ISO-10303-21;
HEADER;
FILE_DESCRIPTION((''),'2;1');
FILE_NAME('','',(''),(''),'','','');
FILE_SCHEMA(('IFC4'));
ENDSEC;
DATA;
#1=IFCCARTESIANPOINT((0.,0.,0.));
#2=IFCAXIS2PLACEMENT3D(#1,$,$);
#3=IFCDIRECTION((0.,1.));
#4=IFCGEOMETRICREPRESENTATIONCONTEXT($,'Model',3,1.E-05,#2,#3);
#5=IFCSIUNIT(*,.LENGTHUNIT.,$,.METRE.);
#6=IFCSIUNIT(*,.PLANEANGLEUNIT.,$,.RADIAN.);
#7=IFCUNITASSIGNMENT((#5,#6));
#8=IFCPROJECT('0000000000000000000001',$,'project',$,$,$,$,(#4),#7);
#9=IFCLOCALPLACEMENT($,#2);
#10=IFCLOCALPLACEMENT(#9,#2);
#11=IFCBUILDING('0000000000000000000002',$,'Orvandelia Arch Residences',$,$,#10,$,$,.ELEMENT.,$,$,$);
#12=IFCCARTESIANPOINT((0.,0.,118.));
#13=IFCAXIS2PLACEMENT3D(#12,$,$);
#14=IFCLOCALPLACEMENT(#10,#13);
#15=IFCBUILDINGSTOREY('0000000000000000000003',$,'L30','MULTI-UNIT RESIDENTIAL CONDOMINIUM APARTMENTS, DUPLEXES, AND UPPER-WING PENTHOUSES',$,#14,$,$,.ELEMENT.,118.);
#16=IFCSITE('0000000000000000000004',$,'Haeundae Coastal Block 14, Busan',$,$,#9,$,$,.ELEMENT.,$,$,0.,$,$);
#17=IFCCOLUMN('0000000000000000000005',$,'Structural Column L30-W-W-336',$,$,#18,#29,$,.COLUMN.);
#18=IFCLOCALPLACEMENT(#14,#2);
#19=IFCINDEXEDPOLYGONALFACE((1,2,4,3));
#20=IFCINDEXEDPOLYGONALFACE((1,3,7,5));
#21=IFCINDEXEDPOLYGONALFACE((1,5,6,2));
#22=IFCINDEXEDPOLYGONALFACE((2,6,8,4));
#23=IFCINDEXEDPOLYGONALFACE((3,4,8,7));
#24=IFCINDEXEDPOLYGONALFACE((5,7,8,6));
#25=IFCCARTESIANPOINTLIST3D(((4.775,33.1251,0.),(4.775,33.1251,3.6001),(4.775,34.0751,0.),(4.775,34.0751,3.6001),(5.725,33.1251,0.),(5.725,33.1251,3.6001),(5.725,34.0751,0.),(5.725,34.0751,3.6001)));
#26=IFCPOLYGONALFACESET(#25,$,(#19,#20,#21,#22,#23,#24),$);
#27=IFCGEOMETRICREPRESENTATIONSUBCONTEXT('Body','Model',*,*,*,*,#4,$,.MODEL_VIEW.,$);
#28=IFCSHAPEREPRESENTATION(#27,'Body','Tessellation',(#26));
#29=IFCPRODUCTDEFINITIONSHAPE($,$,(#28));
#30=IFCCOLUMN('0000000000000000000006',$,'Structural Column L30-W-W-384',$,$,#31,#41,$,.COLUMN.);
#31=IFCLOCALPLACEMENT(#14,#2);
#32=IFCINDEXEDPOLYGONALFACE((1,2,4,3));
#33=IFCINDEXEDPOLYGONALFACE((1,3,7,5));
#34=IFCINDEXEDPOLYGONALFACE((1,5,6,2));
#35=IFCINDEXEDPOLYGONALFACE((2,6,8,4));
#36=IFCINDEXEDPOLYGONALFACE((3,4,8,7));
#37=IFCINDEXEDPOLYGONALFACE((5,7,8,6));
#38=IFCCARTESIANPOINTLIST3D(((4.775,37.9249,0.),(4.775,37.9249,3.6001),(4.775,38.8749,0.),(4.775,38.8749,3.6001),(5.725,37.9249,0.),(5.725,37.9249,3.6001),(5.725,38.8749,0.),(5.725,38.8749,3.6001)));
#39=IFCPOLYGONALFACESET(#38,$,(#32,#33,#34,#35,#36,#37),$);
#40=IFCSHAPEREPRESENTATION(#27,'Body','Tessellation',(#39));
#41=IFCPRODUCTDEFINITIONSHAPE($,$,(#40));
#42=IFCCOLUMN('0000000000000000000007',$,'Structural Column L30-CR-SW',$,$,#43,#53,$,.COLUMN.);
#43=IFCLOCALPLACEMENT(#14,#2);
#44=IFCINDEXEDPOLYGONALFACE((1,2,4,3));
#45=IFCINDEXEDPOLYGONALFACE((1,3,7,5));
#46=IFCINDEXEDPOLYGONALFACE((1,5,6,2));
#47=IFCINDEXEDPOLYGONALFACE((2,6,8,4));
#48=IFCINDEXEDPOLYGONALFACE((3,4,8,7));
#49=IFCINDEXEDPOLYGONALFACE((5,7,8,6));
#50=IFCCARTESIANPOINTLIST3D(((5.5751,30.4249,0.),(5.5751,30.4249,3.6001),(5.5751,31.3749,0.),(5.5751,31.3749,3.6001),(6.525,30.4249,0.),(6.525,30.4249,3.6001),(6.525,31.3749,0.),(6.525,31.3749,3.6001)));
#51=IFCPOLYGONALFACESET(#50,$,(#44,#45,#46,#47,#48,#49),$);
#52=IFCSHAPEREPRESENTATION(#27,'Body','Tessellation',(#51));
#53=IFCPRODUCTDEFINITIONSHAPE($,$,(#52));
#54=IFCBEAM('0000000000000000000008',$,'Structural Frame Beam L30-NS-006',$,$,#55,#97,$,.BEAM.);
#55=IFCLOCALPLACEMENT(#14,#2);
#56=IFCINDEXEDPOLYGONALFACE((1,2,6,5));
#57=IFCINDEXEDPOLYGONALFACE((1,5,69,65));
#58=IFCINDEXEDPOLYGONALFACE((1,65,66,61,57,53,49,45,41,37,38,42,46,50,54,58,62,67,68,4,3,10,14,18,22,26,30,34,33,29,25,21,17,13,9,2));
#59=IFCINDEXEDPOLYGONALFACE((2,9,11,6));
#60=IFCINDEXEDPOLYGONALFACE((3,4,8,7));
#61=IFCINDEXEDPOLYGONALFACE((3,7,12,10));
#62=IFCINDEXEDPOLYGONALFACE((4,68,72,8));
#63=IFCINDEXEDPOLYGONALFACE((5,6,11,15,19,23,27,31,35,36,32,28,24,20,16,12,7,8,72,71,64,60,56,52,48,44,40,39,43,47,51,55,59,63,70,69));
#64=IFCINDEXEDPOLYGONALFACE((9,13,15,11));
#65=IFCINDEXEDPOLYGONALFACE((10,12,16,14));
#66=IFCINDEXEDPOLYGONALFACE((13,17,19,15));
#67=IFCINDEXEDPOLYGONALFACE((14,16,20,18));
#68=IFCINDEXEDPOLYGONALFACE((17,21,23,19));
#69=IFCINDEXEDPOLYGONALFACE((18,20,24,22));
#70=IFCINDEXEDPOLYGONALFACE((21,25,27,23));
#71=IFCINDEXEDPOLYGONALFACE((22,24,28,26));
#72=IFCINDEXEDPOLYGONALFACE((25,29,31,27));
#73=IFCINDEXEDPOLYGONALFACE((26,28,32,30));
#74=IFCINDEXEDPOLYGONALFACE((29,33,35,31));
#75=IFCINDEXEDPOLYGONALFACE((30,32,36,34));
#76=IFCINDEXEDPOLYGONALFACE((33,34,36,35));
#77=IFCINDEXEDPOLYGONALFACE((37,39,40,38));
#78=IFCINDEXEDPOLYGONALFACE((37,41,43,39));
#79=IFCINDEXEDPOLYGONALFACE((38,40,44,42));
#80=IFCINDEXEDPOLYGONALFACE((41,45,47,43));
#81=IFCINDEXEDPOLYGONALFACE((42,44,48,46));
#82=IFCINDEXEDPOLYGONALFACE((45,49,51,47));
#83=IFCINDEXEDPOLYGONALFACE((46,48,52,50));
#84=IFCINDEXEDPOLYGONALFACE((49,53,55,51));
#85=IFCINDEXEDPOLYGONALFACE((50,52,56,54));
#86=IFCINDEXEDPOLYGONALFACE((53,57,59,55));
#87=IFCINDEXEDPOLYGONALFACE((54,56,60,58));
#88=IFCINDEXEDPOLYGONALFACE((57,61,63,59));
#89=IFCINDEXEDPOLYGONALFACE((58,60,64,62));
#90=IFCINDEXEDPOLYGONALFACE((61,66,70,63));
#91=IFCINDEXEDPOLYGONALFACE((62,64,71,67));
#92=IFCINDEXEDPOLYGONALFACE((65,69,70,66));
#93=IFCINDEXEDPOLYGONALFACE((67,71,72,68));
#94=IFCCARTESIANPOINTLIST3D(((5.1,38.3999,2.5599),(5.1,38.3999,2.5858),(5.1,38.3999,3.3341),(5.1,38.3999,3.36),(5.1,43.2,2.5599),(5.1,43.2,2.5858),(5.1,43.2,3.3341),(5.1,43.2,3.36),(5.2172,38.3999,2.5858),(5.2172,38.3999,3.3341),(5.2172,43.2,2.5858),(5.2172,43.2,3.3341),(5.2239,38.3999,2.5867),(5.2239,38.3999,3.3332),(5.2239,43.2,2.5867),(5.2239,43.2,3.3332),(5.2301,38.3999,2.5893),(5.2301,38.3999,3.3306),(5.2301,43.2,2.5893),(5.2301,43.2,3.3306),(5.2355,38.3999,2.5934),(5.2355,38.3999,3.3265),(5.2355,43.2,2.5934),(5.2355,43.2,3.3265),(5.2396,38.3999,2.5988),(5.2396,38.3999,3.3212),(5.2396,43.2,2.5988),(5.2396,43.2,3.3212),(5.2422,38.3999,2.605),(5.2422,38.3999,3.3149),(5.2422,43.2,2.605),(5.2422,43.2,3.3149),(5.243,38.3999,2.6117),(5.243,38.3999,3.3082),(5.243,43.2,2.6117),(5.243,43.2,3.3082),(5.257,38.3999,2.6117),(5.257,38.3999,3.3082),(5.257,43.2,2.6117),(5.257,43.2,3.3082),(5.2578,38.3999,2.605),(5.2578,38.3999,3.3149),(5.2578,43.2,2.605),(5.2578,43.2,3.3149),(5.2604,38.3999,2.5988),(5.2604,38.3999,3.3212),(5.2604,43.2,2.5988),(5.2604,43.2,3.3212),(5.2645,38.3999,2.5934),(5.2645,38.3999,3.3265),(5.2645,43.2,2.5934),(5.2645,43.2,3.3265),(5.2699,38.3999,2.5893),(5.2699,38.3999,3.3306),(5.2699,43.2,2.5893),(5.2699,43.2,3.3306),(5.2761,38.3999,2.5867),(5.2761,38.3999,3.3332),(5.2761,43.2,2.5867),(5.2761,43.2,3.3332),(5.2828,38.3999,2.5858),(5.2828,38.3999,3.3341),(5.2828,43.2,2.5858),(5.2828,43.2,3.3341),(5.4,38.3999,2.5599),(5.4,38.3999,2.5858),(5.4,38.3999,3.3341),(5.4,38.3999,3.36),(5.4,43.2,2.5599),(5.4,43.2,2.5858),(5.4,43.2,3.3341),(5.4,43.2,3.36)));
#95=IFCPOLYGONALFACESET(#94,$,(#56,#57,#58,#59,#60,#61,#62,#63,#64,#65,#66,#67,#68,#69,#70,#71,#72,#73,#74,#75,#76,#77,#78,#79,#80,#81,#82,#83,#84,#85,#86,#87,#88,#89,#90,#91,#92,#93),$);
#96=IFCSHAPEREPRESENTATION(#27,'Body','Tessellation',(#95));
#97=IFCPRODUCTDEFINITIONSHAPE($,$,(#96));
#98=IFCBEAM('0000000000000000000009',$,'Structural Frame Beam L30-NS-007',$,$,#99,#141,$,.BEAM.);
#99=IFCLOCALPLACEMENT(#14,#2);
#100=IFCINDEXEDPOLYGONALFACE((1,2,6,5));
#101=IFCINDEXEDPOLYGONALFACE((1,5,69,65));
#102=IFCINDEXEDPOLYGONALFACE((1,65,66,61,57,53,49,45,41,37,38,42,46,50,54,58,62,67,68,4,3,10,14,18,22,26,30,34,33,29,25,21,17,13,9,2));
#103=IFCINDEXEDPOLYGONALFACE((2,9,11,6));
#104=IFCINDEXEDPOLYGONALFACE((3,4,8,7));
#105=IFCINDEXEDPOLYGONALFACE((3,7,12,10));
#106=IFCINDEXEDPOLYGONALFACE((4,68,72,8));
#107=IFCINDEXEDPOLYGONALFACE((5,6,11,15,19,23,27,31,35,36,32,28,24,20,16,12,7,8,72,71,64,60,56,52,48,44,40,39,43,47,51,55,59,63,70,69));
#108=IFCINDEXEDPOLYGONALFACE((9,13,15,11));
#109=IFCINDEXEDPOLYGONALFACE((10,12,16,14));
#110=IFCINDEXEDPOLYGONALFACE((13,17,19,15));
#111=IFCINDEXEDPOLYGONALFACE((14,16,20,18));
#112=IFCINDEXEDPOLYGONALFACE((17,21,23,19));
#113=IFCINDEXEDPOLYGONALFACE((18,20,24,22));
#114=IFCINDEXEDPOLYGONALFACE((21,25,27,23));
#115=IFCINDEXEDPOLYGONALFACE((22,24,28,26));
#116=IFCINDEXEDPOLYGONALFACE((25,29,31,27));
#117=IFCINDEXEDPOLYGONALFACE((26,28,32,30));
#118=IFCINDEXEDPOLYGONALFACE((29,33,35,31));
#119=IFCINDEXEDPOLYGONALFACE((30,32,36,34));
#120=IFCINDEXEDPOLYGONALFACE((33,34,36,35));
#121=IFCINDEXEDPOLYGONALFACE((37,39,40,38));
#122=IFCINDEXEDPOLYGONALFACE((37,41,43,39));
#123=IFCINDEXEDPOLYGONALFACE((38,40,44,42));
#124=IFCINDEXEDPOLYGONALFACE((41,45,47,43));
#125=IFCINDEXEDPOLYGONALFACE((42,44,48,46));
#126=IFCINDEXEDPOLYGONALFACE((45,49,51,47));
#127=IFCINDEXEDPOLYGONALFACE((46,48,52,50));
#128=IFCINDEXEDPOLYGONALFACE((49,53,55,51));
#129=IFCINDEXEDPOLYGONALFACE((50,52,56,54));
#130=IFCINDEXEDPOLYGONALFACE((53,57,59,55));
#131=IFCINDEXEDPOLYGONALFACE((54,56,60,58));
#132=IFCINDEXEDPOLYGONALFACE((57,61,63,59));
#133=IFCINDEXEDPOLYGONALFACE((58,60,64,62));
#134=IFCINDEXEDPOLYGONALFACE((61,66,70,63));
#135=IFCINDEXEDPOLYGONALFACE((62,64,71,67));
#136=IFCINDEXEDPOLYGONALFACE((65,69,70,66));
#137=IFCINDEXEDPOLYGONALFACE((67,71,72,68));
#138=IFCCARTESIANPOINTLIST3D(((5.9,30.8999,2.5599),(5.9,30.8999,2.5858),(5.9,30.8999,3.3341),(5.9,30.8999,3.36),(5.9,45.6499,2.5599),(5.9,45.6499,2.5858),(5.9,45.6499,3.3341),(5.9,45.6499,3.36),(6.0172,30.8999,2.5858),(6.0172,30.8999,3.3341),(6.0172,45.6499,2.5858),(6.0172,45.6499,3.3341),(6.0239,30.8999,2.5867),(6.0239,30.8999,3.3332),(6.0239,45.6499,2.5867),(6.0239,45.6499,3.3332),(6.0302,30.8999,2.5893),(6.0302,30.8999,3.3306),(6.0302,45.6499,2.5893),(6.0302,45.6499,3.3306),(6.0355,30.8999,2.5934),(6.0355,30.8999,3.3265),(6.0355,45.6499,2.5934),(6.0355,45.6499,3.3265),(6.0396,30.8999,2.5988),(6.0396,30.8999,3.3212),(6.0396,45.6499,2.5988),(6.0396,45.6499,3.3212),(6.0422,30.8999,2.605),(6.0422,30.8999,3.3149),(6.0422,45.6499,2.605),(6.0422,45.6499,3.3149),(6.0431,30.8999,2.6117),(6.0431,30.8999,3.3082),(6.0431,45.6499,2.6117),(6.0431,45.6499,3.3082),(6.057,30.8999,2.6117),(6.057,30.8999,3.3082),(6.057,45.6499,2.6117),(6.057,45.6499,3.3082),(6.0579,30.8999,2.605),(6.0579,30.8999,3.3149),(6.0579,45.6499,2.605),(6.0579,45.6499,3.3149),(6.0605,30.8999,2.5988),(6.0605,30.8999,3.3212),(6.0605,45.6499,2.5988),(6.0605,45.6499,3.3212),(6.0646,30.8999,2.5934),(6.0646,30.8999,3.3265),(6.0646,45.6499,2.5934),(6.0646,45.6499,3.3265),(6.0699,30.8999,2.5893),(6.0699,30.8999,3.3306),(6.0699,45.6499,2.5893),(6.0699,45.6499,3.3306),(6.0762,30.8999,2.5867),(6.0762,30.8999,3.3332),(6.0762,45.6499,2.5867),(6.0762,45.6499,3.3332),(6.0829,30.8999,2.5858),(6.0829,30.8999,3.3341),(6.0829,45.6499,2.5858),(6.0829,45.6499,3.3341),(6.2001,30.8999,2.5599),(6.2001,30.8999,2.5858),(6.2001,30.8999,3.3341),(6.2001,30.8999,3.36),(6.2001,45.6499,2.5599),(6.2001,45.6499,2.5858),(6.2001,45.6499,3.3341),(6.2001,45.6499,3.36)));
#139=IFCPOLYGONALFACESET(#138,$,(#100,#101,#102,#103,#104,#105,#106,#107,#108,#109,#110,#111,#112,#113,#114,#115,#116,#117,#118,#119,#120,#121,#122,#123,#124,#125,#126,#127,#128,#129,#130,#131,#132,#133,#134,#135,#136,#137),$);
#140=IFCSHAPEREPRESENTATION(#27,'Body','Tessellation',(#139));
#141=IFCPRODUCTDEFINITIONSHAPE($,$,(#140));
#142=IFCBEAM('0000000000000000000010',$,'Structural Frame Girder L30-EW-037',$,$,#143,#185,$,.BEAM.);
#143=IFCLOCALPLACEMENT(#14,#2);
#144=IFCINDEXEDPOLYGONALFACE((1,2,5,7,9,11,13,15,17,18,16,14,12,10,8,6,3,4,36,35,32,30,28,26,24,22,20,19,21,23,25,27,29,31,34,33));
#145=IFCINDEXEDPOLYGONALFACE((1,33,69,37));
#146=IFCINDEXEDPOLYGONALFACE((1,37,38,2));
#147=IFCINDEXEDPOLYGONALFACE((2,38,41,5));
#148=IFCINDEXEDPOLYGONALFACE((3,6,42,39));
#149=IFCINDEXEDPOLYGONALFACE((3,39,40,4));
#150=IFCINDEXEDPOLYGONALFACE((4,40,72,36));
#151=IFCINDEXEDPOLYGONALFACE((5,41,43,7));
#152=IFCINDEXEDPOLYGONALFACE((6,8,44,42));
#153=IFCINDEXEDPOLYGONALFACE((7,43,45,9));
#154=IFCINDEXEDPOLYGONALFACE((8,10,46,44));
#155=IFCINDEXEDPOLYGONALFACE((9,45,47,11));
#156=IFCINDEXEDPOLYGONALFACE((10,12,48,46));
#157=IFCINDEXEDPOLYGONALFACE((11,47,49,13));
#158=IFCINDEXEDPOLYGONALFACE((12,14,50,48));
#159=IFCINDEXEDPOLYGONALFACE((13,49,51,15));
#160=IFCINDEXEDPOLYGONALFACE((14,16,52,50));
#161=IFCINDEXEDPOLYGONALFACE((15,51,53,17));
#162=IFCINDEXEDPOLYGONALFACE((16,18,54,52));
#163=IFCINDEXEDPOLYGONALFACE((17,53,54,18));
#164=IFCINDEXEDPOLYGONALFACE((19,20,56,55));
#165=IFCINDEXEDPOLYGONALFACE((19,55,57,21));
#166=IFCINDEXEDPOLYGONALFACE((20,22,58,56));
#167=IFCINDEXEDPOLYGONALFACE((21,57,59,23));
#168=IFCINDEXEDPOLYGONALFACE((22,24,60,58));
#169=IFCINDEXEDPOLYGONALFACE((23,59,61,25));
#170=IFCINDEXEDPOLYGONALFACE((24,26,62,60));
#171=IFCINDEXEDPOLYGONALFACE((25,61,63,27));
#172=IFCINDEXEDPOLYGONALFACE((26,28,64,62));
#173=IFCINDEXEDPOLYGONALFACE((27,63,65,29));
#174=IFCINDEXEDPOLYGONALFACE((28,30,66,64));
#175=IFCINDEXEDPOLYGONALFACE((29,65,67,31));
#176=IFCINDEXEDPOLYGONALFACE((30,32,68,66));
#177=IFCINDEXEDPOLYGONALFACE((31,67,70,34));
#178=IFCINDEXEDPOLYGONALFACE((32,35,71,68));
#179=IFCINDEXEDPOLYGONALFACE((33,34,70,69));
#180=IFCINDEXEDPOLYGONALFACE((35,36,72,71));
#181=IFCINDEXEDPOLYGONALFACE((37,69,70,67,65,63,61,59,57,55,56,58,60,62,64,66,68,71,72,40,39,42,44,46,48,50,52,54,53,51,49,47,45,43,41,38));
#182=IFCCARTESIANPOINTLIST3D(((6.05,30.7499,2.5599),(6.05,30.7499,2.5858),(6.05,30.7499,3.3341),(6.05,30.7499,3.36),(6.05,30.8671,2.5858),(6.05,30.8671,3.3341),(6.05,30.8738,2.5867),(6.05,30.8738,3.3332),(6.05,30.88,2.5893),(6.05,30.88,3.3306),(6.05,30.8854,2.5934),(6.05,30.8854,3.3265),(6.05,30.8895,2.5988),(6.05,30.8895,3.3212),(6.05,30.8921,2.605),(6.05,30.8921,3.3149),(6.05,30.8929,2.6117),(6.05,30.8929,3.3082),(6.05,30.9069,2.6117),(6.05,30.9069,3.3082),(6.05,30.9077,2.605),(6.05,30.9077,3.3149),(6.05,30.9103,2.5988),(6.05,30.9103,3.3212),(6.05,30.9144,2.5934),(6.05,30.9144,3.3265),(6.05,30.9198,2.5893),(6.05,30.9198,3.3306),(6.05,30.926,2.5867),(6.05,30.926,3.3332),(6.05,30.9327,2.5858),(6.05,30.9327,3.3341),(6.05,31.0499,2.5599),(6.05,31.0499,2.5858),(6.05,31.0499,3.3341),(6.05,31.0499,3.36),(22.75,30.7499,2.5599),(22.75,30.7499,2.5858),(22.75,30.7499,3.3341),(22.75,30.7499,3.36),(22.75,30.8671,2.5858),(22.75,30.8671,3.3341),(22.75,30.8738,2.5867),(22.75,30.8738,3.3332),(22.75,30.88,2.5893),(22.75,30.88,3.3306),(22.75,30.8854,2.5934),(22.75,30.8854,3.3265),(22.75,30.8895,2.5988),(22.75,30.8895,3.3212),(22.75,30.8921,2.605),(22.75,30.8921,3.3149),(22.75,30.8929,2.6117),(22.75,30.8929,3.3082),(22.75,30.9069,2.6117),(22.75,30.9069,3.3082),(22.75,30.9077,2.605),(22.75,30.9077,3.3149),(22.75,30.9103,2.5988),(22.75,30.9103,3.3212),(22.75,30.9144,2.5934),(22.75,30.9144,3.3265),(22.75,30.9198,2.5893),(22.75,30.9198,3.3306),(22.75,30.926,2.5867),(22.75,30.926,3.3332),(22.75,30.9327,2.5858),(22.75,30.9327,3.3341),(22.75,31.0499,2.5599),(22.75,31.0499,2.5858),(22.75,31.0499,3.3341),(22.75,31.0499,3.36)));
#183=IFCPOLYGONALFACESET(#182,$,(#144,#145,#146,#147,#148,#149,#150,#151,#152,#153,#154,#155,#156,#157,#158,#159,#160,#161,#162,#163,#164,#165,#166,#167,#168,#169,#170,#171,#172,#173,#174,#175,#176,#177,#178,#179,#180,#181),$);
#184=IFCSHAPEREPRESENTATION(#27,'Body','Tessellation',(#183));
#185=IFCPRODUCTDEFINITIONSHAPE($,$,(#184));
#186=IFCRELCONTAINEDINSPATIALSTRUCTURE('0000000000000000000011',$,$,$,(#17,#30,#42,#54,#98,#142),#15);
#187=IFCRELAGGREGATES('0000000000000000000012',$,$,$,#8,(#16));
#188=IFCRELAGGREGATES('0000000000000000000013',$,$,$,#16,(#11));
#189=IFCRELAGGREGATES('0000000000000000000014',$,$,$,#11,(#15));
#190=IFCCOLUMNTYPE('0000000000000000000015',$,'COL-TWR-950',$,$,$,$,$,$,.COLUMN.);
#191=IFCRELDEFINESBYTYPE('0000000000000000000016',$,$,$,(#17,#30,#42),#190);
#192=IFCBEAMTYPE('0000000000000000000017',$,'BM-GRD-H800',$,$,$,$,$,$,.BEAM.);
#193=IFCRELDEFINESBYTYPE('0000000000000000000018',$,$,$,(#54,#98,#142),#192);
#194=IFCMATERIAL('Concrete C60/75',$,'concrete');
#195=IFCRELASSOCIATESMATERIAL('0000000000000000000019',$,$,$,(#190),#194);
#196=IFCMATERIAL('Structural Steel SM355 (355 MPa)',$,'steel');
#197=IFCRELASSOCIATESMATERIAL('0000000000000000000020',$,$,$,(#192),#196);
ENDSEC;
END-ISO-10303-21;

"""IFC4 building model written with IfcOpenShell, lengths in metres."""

from ifc_helpers import new_model, si_unit, direction, frame, origin, origin_2d, place, context, subcontext, project, spatial, rectangle, i_section, extrude, material, material_profile, profile_set, type_object, element, save


model = new_model("IFC4")

# Units and contexts
model_context = context("Model", 3, precision=1e-05, world=origin(), true_north=direction((0.0, 1.0)))
body_context = subcontext(model_context, "Body", "Model", "MODEL_VIEW")
ifc_project = project(units=[si_unit("LENGTHUNIT", "METRE"), si_unit("PLANEANGLEUNIT", "RADIAN")], contexts=[model_context])

# Site, building, storey
site_placement = place(None, origin())
site = spatial("IfcSite", under=ifc_project, at=site_placement, Name="Haeundae Coastal Block 14, Busan", CompositionType="ELEMENT", RefElevation=0.0)
building_placement = place(site_placement, origin())
building = spatial("IfcBuilding", under=site, at=building_placement, Name="Orvandelia Arch Residences", CompositionType="ELEMENT")
storey_placement = place(building_placement, frame((0.0, 0.0, 118.0)))
storey = spatial("IfcBuildingStorey", under=building, at=storey_placement, Name="L30", Description="MULTI-UNIT RESIDENTIAL CONDOMINIUM APARTMENTS, DUPLEXES, AND UPPER-WING PENTHOUSES", CompositionType="ELEMENT", Elevation=118.0)

# Columns
ifc_material_1 = material(Name="Concrete C60/75", Category="concrete")
ifc_material_profile_1 = material_profile(ifc_material_1, rectangle(XDim=0.95, YDim=0.95, at=origin_2d()), Name="Concrete C60/75", Category="concrete")
ifc_profile_set_1 = profile_set([ifc_material_profile_1], Name="Concrete C60/75")
column_type = type_object("IfcColumnType", Name="COL-TWR-950", PredefinedType="COLUMN", material=ifc_profile_set_1)
for number, where, z_axis, x_axis, name in (
    (1, (5.25, 33.6001, 0.0), (0.0, 0.0, 1.0), (1.0, 0.0, 0.0), "Structural Column L30-W-W-336"),
    (2, (5.25, 38.3999, 0.0), (0.0, 0.0, 1.0), (1.0, 0.0, 0.0), "Structural Column L30-W-W-384"),
    (3, (6.05, 30.8999, 0.0), (0.0, 0.0, 1.0), (1.0, 0.0, 0.0), "Structural Column L30-CR-SW"),
):
    element("IfcColumn", number, at=place(storey_placement, frame(where, z_axis=z_axis, x_axis=x_axis)), inside=storey, type_object=column_type, Name=name, PredefinedType="COLUMN", context=body_context, shape_type="SweptSolid", body=[
        extrude(rectangle(XDim=0.95, YDim=0.95, at=origin_2d()), origin(), (0.0, 0.0, 1.0), 3.6001),
    ])

# Beams
ifc_material_2 = material(Name="Structural Steel SM355 (355 MPa)", Category="steel")
ifc_material_profile_2 = material_profile(ifc_material_2, i_section(OverallWidth=0.3, OverallDepth=0.8, WebThickness=0.0139, FlangeThickness=0.0259, FilletRadius=0.0259, at=origin_2d()), Name="Structural Steel SM355 (355 MPa)", Category="steel")
ifc_profile_set_2 = profile_set([ifc_material_profile_2], Name="Structural Steel SM355 (355 MPa)")
beam_type_1 = type_object("IfcBeamType", Name="BM-GRD-H800", PredefinedType="BEAM", material=ifc_profile_set_2)
beam_1_placement = place(storey_placement, frame((5.25, 38.3999, 2.96), z_axis=(0.0, 1.0, 0.0), x_axis=(-1.0, 0.0, 0.0)))
element("IfcBeam", 4, at=beam_1_placement, inside=storey, type_object=beam_type_1, Name="Structural Frame Beam L30-NS-006", PredefinedType="BEAM", context=body_context, shape_type="SweptSolid", body=[
    extrude(i_section(OverallWidth=0.3, OverallDepth=0.8, WebThickness=0.0139, FlangeThickness=0.0259, FilletRadius=0.0259, at=origin_2d()), origin(), (0.0, 0.0, 1.0), 4.8),
])
beam_2_placement = place(storey_placement, frame((6.05, 30.8999, 2.96), z_axis=(0.0, 1.0, 0.0), x_axis=(-1.0, 0.0, 0.0)))
element("IfcBeam", 5, at=beam_2_placement, inside=storey, type_object=beam_type_1, Name="Structural Frame Beam L30-NS-007", PredefinedType="BEAM", context=body_context, shape_type="SweptSolid", body=[
    extrude(i_section(OverallWidth=0.3, OverallDepth=0.8, WebThickness=0.0139, FlangeThickness=0.0259, FilletRadius=0.0259, at=origin_2d()), origin(), (0.0, 0.0, 1.0), 14.75),
])
beam_3_placement = place(storey_placement, frame((6.05, 30.8999, 2.96), z_axis=(1.0, 0.0, 0.0), x_axis=(0.0, 1.0, 0.0)))
element("IfcBeam", 6, at=beam_3_placement, inside=storey, type_object=beam_type_1, Name="Structural Frame Girder L30-EW-037", PredefinedType="BEAM", context=body_context, shape_type="SweptSolid", body=[
    extrude(i_section(OverallWidth=0.3, OverallDepth=0.8, WebThickness=0.0139, FlangeThickness=0.0259, FilletRadius=0.0259, at=origin_2d()), origin(), (0.0, 0.0, 1.0), 16.7),
])

save(model, "model.ifc")
